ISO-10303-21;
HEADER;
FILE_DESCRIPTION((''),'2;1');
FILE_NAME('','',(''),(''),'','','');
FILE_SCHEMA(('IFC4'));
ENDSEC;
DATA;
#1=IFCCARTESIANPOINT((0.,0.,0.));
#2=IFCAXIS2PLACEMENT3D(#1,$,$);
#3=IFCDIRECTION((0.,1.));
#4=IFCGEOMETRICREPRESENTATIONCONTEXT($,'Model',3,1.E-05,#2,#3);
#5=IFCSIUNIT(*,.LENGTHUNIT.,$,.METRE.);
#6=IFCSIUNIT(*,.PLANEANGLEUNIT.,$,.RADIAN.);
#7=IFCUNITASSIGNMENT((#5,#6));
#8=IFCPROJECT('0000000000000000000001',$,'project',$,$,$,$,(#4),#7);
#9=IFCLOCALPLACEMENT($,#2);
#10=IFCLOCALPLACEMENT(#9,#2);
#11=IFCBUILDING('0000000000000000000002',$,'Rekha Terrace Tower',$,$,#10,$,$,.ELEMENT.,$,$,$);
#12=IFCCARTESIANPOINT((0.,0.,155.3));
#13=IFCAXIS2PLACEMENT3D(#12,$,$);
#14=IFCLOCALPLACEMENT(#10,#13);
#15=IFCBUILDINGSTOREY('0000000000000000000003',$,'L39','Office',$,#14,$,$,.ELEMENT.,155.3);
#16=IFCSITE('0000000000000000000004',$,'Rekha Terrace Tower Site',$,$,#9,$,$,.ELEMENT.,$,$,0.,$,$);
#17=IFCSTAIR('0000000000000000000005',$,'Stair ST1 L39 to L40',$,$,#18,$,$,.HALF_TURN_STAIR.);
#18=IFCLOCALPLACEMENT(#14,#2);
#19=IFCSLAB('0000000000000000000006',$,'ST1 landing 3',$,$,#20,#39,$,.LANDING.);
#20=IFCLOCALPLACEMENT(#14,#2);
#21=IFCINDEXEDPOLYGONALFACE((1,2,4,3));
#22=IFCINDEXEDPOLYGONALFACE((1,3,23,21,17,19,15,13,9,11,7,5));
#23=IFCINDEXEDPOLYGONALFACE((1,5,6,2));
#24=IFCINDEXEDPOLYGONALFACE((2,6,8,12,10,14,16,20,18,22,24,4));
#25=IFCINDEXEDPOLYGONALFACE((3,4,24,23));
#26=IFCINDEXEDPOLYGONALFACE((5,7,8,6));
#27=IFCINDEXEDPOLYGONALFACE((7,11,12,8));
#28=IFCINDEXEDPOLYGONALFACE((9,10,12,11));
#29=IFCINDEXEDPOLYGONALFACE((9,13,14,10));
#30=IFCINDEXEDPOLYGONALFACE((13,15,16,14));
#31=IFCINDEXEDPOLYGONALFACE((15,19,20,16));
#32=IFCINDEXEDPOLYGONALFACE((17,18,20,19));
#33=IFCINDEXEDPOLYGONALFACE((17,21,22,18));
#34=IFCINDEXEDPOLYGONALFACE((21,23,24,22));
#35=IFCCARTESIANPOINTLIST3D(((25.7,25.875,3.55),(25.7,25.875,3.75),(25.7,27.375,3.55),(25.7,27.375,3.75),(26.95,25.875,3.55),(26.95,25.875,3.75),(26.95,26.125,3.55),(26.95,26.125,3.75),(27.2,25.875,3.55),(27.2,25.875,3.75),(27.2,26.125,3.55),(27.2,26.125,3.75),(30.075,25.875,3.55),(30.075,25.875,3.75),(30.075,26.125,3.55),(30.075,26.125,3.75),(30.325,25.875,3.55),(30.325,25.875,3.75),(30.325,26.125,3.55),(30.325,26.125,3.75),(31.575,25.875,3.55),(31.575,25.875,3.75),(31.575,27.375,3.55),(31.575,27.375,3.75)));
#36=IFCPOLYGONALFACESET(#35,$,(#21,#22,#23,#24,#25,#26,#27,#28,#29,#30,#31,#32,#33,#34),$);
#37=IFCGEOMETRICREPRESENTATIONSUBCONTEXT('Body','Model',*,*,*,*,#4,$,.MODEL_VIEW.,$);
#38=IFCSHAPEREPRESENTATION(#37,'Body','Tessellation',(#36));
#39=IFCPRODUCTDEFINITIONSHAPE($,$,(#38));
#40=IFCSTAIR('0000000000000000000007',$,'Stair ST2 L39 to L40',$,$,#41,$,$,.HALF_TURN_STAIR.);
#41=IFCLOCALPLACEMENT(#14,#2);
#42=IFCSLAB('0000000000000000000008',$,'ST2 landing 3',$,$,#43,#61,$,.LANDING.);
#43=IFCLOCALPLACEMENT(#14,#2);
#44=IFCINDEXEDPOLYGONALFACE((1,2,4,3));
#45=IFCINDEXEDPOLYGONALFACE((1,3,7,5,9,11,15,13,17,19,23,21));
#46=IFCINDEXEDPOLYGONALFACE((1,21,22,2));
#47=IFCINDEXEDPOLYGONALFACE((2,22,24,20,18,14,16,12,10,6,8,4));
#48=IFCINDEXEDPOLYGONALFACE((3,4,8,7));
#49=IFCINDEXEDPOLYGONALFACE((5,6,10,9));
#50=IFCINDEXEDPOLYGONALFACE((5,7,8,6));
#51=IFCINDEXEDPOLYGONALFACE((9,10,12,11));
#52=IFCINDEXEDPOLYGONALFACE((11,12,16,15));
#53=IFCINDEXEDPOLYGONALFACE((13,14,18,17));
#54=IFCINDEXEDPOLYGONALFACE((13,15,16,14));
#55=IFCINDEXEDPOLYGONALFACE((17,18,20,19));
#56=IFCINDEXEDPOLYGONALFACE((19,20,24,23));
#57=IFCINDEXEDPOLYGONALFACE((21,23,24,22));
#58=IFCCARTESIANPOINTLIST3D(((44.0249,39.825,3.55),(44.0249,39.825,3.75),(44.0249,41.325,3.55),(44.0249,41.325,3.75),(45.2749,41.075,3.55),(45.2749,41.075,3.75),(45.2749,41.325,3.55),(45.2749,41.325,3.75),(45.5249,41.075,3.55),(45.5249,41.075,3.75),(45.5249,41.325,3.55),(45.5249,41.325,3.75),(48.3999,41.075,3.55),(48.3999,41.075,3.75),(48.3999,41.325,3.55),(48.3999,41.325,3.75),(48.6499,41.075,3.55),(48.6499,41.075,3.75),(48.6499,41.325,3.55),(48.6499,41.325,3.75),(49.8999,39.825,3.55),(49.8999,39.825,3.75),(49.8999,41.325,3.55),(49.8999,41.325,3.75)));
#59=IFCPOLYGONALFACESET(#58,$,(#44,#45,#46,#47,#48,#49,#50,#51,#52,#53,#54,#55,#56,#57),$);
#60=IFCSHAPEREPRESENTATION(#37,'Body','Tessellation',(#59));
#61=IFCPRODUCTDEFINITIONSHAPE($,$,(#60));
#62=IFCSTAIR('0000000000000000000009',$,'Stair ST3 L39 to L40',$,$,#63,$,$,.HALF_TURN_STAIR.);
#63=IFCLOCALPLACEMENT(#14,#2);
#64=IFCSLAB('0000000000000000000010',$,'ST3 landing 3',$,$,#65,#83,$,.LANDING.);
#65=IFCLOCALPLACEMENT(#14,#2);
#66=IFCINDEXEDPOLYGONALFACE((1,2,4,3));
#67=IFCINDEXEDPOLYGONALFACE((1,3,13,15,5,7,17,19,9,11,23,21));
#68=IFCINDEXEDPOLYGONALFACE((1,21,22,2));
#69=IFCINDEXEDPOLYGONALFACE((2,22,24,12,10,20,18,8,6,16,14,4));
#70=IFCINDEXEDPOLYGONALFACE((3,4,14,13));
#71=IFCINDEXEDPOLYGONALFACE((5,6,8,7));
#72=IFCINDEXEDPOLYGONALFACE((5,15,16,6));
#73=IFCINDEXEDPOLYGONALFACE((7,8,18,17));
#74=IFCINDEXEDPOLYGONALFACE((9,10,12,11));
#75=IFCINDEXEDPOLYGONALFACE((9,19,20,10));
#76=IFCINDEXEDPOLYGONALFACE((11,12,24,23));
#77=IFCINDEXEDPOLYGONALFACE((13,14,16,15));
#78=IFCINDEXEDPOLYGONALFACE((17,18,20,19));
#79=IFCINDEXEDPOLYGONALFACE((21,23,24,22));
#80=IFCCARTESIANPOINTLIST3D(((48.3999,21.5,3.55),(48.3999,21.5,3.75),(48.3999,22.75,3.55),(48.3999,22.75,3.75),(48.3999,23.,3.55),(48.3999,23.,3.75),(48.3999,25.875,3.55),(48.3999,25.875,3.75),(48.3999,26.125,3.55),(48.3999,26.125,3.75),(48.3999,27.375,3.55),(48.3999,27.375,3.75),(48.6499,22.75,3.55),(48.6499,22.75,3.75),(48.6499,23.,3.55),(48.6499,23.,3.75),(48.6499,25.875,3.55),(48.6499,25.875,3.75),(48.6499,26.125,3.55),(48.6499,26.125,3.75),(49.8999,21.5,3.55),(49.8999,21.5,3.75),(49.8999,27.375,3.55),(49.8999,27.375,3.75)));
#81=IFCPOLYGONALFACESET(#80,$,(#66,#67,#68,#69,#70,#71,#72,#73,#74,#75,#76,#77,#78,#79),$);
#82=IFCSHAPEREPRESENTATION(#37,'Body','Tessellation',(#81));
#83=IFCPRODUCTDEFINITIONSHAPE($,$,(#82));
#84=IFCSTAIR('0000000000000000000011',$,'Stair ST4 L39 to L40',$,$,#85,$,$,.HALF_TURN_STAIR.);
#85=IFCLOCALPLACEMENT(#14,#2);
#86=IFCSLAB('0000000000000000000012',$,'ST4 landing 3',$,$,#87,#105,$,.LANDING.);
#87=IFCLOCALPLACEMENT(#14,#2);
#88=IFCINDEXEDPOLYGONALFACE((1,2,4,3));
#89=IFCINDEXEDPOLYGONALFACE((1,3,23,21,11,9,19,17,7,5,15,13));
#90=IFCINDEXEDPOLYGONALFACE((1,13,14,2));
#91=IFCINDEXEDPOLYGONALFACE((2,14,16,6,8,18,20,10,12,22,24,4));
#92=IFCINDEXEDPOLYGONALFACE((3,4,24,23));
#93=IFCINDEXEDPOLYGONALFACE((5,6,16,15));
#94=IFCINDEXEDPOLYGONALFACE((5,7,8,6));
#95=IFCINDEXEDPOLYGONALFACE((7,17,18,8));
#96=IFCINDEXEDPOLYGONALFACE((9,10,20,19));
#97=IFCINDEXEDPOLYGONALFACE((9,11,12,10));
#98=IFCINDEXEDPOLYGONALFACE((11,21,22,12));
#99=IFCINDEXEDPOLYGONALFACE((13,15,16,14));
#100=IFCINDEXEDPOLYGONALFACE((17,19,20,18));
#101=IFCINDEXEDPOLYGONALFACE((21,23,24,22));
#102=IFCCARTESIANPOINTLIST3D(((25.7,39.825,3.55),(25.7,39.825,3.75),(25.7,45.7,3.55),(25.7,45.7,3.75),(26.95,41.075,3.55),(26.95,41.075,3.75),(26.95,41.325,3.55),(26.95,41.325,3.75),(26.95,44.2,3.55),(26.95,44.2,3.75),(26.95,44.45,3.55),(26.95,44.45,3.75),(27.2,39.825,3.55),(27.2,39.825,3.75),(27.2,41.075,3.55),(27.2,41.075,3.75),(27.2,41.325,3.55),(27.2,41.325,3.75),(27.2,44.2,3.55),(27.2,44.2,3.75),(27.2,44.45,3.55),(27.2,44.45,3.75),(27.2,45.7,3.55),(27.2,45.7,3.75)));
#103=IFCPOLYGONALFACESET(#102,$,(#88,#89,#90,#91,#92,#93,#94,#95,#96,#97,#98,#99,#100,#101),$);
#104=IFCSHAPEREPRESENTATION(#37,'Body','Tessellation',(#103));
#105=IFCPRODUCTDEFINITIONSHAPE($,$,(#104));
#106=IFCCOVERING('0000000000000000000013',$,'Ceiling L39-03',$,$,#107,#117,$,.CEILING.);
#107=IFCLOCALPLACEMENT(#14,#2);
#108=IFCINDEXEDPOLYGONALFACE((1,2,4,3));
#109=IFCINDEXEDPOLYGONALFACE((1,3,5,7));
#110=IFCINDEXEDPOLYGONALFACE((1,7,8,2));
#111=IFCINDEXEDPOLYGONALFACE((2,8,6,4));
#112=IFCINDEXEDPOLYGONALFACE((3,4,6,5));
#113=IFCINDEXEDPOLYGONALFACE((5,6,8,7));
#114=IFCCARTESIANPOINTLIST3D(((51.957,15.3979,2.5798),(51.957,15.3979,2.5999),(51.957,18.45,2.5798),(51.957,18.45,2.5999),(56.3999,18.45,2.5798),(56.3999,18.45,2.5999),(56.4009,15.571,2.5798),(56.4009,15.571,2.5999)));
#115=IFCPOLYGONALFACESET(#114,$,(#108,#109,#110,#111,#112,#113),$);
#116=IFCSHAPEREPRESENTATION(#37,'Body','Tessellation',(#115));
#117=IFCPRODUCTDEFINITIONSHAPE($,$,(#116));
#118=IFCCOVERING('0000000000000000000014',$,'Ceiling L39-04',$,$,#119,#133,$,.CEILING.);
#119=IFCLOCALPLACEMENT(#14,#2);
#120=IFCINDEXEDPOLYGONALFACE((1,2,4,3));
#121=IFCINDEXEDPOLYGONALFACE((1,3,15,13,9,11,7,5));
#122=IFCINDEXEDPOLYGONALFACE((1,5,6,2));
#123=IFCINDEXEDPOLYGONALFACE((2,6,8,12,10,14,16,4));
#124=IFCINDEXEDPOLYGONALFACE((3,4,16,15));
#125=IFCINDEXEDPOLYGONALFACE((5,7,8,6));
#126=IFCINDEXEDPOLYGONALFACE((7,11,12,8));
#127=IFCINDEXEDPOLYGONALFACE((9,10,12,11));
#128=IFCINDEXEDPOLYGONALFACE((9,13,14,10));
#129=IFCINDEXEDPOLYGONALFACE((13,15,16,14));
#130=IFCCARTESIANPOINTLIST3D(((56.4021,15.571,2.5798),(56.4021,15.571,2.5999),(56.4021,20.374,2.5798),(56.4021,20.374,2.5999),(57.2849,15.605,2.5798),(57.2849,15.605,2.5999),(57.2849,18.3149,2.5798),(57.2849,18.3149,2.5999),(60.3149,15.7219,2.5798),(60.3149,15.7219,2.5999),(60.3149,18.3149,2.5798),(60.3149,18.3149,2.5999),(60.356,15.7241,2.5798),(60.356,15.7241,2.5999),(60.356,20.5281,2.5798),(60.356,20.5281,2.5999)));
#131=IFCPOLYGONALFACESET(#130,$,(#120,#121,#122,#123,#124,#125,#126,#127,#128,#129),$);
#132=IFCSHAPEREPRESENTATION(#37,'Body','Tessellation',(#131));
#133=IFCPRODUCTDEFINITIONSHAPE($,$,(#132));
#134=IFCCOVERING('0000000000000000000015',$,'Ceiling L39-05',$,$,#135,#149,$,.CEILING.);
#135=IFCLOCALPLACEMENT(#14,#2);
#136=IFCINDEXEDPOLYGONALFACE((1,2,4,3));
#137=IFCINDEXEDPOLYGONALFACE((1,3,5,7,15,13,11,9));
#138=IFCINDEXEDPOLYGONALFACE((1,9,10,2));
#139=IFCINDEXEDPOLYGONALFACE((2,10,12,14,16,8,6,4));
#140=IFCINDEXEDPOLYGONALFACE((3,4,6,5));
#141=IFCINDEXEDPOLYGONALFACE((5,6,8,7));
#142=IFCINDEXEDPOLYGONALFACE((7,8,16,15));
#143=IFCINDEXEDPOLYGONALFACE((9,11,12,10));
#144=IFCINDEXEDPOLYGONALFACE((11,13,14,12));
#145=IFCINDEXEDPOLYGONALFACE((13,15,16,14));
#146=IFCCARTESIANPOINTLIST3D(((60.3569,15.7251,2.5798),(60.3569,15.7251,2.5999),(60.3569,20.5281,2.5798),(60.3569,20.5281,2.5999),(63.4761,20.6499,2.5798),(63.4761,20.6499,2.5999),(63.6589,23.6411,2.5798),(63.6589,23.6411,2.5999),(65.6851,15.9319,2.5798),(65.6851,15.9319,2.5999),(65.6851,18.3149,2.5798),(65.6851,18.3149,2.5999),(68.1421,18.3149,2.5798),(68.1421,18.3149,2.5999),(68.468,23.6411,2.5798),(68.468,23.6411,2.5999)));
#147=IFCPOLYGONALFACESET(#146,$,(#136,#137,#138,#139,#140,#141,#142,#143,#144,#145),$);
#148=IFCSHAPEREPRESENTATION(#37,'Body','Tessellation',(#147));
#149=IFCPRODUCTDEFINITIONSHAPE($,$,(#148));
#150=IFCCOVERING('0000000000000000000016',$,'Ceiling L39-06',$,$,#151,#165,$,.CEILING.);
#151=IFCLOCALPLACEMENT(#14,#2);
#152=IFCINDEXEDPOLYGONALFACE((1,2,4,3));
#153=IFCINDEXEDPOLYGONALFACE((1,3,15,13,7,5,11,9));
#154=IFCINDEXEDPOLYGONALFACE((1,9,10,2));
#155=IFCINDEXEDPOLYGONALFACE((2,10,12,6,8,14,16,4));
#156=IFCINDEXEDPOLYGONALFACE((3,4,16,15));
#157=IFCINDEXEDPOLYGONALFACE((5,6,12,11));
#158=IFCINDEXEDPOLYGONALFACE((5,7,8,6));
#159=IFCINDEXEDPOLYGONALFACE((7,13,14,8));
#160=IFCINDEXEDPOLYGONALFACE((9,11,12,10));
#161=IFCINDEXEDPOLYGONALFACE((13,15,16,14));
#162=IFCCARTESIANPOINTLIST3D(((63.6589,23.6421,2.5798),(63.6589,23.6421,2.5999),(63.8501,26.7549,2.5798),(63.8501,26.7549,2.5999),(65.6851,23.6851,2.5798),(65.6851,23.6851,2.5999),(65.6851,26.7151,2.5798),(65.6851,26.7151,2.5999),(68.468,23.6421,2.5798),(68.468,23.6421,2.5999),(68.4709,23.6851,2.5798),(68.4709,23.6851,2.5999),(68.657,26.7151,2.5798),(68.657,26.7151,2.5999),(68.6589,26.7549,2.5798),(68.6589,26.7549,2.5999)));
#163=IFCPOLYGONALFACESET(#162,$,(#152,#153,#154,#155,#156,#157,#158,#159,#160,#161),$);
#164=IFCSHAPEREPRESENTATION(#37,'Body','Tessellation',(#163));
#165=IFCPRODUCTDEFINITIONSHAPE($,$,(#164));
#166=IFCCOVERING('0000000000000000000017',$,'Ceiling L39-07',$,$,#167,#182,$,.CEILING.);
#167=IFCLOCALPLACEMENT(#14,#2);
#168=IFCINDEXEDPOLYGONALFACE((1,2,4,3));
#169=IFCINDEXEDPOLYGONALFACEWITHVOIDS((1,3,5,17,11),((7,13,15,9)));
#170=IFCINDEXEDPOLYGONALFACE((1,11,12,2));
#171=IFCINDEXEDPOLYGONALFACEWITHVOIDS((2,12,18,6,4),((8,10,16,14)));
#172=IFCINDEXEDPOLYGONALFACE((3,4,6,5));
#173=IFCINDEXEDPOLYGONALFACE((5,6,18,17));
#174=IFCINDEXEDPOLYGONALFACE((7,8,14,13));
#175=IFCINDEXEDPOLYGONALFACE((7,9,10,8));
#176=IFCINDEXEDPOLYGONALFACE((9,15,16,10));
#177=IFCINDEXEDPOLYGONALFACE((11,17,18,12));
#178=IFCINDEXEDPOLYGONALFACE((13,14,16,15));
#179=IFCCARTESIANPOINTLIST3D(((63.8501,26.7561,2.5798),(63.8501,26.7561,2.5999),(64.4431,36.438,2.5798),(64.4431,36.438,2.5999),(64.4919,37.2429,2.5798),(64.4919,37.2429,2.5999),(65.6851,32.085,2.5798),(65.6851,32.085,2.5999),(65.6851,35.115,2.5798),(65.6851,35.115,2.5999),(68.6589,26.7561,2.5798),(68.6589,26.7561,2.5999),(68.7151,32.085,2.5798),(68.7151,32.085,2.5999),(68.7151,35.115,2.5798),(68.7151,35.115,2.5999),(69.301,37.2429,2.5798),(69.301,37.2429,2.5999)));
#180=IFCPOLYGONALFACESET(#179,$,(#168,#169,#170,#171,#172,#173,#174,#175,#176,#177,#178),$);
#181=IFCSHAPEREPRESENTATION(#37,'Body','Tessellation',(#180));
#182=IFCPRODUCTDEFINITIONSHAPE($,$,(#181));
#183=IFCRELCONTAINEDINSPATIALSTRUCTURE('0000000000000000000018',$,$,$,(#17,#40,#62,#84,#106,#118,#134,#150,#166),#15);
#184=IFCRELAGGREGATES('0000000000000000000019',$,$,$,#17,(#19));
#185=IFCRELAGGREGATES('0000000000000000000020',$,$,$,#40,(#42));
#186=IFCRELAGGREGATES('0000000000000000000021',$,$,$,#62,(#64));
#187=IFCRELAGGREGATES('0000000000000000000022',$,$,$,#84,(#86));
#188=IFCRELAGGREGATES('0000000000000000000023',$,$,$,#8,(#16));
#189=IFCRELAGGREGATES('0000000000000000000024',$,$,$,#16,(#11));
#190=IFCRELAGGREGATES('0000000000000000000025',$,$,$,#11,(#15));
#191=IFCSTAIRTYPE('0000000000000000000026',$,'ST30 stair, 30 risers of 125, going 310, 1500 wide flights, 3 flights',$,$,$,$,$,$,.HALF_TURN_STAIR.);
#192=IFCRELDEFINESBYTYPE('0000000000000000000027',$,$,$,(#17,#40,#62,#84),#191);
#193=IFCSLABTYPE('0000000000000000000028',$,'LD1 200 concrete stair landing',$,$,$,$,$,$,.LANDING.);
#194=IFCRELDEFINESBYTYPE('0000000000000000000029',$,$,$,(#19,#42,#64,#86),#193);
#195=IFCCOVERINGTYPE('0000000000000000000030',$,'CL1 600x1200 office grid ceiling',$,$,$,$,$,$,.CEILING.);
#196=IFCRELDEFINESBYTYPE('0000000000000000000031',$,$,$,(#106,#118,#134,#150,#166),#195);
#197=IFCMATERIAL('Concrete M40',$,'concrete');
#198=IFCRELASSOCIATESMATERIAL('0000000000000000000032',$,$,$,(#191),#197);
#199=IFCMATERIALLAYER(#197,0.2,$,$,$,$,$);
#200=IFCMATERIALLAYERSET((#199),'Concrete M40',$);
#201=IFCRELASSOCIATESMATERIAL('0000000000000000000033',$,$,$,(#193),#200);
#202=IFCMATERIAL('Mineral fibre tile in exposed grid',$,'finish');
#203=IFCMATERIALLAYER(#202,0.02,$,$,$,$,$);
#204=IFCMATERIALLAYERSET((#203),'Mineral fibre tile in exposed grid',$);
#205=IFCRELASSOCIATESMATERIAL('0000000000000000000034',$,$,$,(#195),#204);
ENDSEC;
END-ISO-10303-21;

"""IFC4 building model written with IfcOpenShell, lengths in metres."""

from ifc_helpers import new_model, si_unit, direction, frame, origin, place, context, subcontext, project, spatial, polyline, outline, extrude, material, layer, layer_set, type_object, element, aggregate, save


model = new_model("IFC4")

# Units and contexts
model_context = context("Model", 3, precision=1e-05, world=origin(), true_north=direction((0.0, 1.0)))
body_context = subcontext(model_context, "Body", "Model", "MODEL_VIEW")
ifc_project = project(units=[si_unit("LENGTHUNIT", "METRE"), si_unit("PLANEANGLEUNIT", "RADIAN")], contexts=[model_context])

# Site, building, storey
site_placement = place(None, origin())
site = spatial("IfcSite", under=ifc_project, at=site_placement, Name="Rekha Terrace Tower Site", CompositionType="ELEMENT", RefElevation=0.0)
building_placement = place(site_placement, origin())
building = spatial("IfcBuilding", under=site, at=building_placement, Name="Rekha Terrace Tower", CompositionType="ELEMENT")
storey_placement = place(building_placement, frame((0.0, 0.0, 155.3)))
storey = spatial("IfcBuildingStorey", under=building, at=storey_placement, Name="L39", Description="Office", CompositionType="ELEMENT", Elevation=155.3)

# Stairs, slabs
ifc_material_1 = material(Name="Concrete M40", Category="concrete")
stair_type = type_object("IfcStairType", Name="ST30 stair, 30 risers of 125, going 310, 1500 wide flights, 3 flights", PredefinedType="HALF_TURN_STAIR", material=ifc_material_1)
stair_1_placement = place(storey_placement, origin())
stair_1 = element("IfcStair", 1, at=stair_1_placement, inside=storey, type_object=stair_type, Name="Stair ST1 L39 to L40", PredefinedType="HALF_TURN_STAIR")
ifc_layer_1 = layer(ifc_material_1, 0.2)
ifc_layer_set_1 = layer_set([ifc_layer_1], Name="Concrete M40")
slab_type = type_object("IfcSlabType", Name="LD1 200 concrete stair landing", PredefinedType="LANDING", material=ifc_layer_set_1)
slab_1_placement = place(storey_placement, frame((0.0, 0.0, 3.55)))
slab_1 = element("IfcSlab", 2, at=slab_1_placement, type_object=slab_type, Name="ST1 landing 3", PredefinedType="LANDING", context=body_context, shape_type="SweptSolid", body=[
    extrude(outline(polyline([(31.575, 25.875), (31.575, 27.375), (25.7, 27.375), (25.7, 25.875), (26.95, 25.875), (26.95, 26.125), (27.2, 26.125), (27.2, 25.875), (30.075, 25.875), (30.075, 26.125), (30.325, 26.125), (30.325, 25.875), (31.575, 25.875)])), origin(), (0.0, 0.0, 1.0), 0.2),
])
aggregate(stair_1, [slab_1])
stair_2_placement = place(storey_placement, origin())
stair_2 = element("IfcStair", 3, at=stair_2_placement, inside=storey, type_object=stair_type, Name="Stair ST2 L39 to L40", PredefinedType="HALF_TURN_STAIR")
slab_2_placement = place(storey_placement, frame((0.0, 0.0, 3.55)))
slab_2 = element("IfcSlab", 4, at=slab_2_placement, type_object=slab_type, Name="ST2 landing 3", PredefinedType="LANDING", context=body_context, shape_type="SweptSolid", body=[
    extrude(outline(polyline([(44.0249, 41.325), (44.0249, 39.825), (49.8999, 39.825), (49.8999, 41.325), (48.6499, 41.325), (48.6499, 41.075), (48.3999, 41.075), (48.3999, 41.325), (45.5249, 41.325), (45.5249, 41.075), (45.2749, 41.075), (45.2749, 41.325), (44.0249, 41.325)])), origin(), (0.0, 0.0, 1.0), 0.2),
])
aggregate(stair_2, [slab_2])
stair_3_placement = place(storey_placement, origin())
stair_3 = element("IfcStair", 5, at=stair_3_placement, inside=storey, type_object=stair_type, Name="Stair ST3 L39 to L40", PredefinedType="HALF_TURN_STAIR")
slab_3_placement = place(storey_placement, frame((0.0, 0.0, 3.55)))
slab_3 = element("IfcSlab", 6, at=slab_3_placement, type_object=slab_type, Name="ST3 landing 3", PredefinedType="LANDING", context=body_context, shape_type="SweptSolid", body=[
    extrude(outline(polyline([(48.3999, 21.5), (49.8999, 21.5), (49.8999, 27.375), (48.3999, 27.375), (48.3999, 26.125), (48.6499, 26.125), (48.6499, 25.875), (48.3999, 25.875), (48.3999, 23.0), (48.6499, 23.0), (48.6499, 22.75), (48.3999, 22.75), (48.3999, 21.5)])), origin(), (0.0, 0.0, 1.0), 0.2),
])
aggregate(stair_3, [slab_3])
stair_4_placement = place(storey_placement, origin())
stair_4 = element("IfcStair", 7, at=stair_4_placement, inside=storey, type_object=stair_type, Name="Stair ST4 L39 to L40", PredefinedType="HALF_TURN_STAIR")
slab_4_placement = place(storey_placement, frame((0.0, 0.0, 3.55)))
slab_4 = element("IfcSlab", 8, at=slab_4_placement, type_object=slab_type, Name="ST4 landing 3", PredefinedType="LANDING", context=body_context, shape_type="SweptSolid", body=[
    extrude(outline(polyline([(27.2, 39.825), (25.7, 39.825), (25.7, 45.7), (27.2, 45.7), (27.2, 44.45), (26.95, 44.45), (26.95, 44.2), (27.2, 44.2), (27.2, 41.325), (26.95, 41.325), (26.95, 41.075), (27.2, 41.075), (27.2, 39.825)])), origin(), (0.0, 0.0, 1.0), 0.2),
])
aggregate(stair_4, [slab_4])

# Coverings
ifc_material_2 = material(Name="Mineral fibre tile in exposed grid", Category="finish")
ifc_layer_2 = layer(ifc_material_2, 0.02)
ifc_layer_set_2 = layer_set([ifc_layer_2], Name="Mineral fibre tile in exposed grid")
covering_type_1 = type_object("IfcCoveringType", Name="CL1 600x1200 office grid ceiling", PredefinedType="CEILING", material=ifc_layer_set_2)
covering_1_placement = place(storey_placement, frame((0.0, 0.0, 2.5798)))
element("IfcCovering", 9, at=covering_1_placement, inside=storey, type_object=covering_type_1, Name="Ceiling L39-03", PredefinedType="CEILING", context=body_context, shape_type="SweptSolid", body=[
    extrude(outline(polyline([(51.957, 18.45), (51.957, 15.3979), (56.4009, 15.571), (56.3999, 18.45), (51.957, 18.45)])), origin(), (0.0, 0.0, 1.0), 0.02),
])
covering_2_placement = place(storey_placement, frame((0.0, 0.0, 2.5798)))
element("IfcCovering", 10, at=covering_2_placement, inside=storey, type_object=covering_type_1, Name="Ceiling L39-04", PredefinedType="CEILING", context=body_context, shape_type="SweptSolid", body=[
    extrude(outline(polyline([(60.3149, 18.3149), (60.3149, 15.7219), (60.356, 15.7241), (60.356, 20.5281), (56.4021, 20.374), (56.4021, 15.571), (57.2849, 15.605), (57.2849, 18.3149), (60.3149, 18.3149)])), origin(), (0.0, 0.0, 1.0), 0.02),
])
covering_3_placement = place(storey_placement, frame((0.0, 0.0, 2.5798)))
element("IfcCovering", 11, at=covering_3_placement, inside=storey, type_object=covering_type_1, Name="Ceiling L39-05", PredefinedType="CEILING", context=body_context, shape_type="SweptSolid", body=[
    extrude(outline(polyline([(68.1421, 18.3149), (68.468, 23.6411), (63.6589, 23.6411), (63.4761, 20.6499), (60.3569, 20.5281), (60.3569, 15.7251), (65.6851, 15.9319), (65.6851, 18.3149), (68.1421, 18.3149)])), origin(), (0.0, 0.0, 1.0), 0.02),
])
covering_4_placement = place(storey_placement, frame((0.0, 0.0, 2.5798)))
element("IfcCovering", 12, at=covering_4_placement, inside=storey, type_object=covering_type_1, Name="Ceiling L39-06", PredefinedType="CEILING", context=body_context, shape_type="SweptSolid", body=[
    extrude(outline(polyline([(65.6851, 26.7151), (68.657, 26.7151), (68.6589, 26.7549), (63.8501, 26.7549), (63.6589, 23.6421), (68.468, 23.6421), (68.4709, 23.6851), (65.6851, 23.6851), (65.6851, 26.7151)])), origin(), (0.0, 0.0, 1.0), 0.02),
])
covering_5_placement = place(storey_placement, frame((0.0, 0.0, 2.5798)))
element("IfcCovering", 13, at=covering_5_placement, inside=storey, type_object=covering_type_1, Name="Ceiling L39-07", PredefinedType="CEILING", context=body_context, shape_type="SweptSolid", body=[
    extrude(outline(polyline([(68.6589, 26.7561), (69.301, 37.2429), (64.4919, 37.2429), (64.4431, 36.438), (63.8501, 26.7561), (68.6589, 26.7561)]), holes=[polyline([(68.7151, 35.115), (68.7151, 32.085), (65.6851, 32.085), (65.6851, 35.115), (68.7151, 35.115)])]), origin(), (0.0, 0.0, 1.0), 0.02),
])

save(model, "model.ifc")
